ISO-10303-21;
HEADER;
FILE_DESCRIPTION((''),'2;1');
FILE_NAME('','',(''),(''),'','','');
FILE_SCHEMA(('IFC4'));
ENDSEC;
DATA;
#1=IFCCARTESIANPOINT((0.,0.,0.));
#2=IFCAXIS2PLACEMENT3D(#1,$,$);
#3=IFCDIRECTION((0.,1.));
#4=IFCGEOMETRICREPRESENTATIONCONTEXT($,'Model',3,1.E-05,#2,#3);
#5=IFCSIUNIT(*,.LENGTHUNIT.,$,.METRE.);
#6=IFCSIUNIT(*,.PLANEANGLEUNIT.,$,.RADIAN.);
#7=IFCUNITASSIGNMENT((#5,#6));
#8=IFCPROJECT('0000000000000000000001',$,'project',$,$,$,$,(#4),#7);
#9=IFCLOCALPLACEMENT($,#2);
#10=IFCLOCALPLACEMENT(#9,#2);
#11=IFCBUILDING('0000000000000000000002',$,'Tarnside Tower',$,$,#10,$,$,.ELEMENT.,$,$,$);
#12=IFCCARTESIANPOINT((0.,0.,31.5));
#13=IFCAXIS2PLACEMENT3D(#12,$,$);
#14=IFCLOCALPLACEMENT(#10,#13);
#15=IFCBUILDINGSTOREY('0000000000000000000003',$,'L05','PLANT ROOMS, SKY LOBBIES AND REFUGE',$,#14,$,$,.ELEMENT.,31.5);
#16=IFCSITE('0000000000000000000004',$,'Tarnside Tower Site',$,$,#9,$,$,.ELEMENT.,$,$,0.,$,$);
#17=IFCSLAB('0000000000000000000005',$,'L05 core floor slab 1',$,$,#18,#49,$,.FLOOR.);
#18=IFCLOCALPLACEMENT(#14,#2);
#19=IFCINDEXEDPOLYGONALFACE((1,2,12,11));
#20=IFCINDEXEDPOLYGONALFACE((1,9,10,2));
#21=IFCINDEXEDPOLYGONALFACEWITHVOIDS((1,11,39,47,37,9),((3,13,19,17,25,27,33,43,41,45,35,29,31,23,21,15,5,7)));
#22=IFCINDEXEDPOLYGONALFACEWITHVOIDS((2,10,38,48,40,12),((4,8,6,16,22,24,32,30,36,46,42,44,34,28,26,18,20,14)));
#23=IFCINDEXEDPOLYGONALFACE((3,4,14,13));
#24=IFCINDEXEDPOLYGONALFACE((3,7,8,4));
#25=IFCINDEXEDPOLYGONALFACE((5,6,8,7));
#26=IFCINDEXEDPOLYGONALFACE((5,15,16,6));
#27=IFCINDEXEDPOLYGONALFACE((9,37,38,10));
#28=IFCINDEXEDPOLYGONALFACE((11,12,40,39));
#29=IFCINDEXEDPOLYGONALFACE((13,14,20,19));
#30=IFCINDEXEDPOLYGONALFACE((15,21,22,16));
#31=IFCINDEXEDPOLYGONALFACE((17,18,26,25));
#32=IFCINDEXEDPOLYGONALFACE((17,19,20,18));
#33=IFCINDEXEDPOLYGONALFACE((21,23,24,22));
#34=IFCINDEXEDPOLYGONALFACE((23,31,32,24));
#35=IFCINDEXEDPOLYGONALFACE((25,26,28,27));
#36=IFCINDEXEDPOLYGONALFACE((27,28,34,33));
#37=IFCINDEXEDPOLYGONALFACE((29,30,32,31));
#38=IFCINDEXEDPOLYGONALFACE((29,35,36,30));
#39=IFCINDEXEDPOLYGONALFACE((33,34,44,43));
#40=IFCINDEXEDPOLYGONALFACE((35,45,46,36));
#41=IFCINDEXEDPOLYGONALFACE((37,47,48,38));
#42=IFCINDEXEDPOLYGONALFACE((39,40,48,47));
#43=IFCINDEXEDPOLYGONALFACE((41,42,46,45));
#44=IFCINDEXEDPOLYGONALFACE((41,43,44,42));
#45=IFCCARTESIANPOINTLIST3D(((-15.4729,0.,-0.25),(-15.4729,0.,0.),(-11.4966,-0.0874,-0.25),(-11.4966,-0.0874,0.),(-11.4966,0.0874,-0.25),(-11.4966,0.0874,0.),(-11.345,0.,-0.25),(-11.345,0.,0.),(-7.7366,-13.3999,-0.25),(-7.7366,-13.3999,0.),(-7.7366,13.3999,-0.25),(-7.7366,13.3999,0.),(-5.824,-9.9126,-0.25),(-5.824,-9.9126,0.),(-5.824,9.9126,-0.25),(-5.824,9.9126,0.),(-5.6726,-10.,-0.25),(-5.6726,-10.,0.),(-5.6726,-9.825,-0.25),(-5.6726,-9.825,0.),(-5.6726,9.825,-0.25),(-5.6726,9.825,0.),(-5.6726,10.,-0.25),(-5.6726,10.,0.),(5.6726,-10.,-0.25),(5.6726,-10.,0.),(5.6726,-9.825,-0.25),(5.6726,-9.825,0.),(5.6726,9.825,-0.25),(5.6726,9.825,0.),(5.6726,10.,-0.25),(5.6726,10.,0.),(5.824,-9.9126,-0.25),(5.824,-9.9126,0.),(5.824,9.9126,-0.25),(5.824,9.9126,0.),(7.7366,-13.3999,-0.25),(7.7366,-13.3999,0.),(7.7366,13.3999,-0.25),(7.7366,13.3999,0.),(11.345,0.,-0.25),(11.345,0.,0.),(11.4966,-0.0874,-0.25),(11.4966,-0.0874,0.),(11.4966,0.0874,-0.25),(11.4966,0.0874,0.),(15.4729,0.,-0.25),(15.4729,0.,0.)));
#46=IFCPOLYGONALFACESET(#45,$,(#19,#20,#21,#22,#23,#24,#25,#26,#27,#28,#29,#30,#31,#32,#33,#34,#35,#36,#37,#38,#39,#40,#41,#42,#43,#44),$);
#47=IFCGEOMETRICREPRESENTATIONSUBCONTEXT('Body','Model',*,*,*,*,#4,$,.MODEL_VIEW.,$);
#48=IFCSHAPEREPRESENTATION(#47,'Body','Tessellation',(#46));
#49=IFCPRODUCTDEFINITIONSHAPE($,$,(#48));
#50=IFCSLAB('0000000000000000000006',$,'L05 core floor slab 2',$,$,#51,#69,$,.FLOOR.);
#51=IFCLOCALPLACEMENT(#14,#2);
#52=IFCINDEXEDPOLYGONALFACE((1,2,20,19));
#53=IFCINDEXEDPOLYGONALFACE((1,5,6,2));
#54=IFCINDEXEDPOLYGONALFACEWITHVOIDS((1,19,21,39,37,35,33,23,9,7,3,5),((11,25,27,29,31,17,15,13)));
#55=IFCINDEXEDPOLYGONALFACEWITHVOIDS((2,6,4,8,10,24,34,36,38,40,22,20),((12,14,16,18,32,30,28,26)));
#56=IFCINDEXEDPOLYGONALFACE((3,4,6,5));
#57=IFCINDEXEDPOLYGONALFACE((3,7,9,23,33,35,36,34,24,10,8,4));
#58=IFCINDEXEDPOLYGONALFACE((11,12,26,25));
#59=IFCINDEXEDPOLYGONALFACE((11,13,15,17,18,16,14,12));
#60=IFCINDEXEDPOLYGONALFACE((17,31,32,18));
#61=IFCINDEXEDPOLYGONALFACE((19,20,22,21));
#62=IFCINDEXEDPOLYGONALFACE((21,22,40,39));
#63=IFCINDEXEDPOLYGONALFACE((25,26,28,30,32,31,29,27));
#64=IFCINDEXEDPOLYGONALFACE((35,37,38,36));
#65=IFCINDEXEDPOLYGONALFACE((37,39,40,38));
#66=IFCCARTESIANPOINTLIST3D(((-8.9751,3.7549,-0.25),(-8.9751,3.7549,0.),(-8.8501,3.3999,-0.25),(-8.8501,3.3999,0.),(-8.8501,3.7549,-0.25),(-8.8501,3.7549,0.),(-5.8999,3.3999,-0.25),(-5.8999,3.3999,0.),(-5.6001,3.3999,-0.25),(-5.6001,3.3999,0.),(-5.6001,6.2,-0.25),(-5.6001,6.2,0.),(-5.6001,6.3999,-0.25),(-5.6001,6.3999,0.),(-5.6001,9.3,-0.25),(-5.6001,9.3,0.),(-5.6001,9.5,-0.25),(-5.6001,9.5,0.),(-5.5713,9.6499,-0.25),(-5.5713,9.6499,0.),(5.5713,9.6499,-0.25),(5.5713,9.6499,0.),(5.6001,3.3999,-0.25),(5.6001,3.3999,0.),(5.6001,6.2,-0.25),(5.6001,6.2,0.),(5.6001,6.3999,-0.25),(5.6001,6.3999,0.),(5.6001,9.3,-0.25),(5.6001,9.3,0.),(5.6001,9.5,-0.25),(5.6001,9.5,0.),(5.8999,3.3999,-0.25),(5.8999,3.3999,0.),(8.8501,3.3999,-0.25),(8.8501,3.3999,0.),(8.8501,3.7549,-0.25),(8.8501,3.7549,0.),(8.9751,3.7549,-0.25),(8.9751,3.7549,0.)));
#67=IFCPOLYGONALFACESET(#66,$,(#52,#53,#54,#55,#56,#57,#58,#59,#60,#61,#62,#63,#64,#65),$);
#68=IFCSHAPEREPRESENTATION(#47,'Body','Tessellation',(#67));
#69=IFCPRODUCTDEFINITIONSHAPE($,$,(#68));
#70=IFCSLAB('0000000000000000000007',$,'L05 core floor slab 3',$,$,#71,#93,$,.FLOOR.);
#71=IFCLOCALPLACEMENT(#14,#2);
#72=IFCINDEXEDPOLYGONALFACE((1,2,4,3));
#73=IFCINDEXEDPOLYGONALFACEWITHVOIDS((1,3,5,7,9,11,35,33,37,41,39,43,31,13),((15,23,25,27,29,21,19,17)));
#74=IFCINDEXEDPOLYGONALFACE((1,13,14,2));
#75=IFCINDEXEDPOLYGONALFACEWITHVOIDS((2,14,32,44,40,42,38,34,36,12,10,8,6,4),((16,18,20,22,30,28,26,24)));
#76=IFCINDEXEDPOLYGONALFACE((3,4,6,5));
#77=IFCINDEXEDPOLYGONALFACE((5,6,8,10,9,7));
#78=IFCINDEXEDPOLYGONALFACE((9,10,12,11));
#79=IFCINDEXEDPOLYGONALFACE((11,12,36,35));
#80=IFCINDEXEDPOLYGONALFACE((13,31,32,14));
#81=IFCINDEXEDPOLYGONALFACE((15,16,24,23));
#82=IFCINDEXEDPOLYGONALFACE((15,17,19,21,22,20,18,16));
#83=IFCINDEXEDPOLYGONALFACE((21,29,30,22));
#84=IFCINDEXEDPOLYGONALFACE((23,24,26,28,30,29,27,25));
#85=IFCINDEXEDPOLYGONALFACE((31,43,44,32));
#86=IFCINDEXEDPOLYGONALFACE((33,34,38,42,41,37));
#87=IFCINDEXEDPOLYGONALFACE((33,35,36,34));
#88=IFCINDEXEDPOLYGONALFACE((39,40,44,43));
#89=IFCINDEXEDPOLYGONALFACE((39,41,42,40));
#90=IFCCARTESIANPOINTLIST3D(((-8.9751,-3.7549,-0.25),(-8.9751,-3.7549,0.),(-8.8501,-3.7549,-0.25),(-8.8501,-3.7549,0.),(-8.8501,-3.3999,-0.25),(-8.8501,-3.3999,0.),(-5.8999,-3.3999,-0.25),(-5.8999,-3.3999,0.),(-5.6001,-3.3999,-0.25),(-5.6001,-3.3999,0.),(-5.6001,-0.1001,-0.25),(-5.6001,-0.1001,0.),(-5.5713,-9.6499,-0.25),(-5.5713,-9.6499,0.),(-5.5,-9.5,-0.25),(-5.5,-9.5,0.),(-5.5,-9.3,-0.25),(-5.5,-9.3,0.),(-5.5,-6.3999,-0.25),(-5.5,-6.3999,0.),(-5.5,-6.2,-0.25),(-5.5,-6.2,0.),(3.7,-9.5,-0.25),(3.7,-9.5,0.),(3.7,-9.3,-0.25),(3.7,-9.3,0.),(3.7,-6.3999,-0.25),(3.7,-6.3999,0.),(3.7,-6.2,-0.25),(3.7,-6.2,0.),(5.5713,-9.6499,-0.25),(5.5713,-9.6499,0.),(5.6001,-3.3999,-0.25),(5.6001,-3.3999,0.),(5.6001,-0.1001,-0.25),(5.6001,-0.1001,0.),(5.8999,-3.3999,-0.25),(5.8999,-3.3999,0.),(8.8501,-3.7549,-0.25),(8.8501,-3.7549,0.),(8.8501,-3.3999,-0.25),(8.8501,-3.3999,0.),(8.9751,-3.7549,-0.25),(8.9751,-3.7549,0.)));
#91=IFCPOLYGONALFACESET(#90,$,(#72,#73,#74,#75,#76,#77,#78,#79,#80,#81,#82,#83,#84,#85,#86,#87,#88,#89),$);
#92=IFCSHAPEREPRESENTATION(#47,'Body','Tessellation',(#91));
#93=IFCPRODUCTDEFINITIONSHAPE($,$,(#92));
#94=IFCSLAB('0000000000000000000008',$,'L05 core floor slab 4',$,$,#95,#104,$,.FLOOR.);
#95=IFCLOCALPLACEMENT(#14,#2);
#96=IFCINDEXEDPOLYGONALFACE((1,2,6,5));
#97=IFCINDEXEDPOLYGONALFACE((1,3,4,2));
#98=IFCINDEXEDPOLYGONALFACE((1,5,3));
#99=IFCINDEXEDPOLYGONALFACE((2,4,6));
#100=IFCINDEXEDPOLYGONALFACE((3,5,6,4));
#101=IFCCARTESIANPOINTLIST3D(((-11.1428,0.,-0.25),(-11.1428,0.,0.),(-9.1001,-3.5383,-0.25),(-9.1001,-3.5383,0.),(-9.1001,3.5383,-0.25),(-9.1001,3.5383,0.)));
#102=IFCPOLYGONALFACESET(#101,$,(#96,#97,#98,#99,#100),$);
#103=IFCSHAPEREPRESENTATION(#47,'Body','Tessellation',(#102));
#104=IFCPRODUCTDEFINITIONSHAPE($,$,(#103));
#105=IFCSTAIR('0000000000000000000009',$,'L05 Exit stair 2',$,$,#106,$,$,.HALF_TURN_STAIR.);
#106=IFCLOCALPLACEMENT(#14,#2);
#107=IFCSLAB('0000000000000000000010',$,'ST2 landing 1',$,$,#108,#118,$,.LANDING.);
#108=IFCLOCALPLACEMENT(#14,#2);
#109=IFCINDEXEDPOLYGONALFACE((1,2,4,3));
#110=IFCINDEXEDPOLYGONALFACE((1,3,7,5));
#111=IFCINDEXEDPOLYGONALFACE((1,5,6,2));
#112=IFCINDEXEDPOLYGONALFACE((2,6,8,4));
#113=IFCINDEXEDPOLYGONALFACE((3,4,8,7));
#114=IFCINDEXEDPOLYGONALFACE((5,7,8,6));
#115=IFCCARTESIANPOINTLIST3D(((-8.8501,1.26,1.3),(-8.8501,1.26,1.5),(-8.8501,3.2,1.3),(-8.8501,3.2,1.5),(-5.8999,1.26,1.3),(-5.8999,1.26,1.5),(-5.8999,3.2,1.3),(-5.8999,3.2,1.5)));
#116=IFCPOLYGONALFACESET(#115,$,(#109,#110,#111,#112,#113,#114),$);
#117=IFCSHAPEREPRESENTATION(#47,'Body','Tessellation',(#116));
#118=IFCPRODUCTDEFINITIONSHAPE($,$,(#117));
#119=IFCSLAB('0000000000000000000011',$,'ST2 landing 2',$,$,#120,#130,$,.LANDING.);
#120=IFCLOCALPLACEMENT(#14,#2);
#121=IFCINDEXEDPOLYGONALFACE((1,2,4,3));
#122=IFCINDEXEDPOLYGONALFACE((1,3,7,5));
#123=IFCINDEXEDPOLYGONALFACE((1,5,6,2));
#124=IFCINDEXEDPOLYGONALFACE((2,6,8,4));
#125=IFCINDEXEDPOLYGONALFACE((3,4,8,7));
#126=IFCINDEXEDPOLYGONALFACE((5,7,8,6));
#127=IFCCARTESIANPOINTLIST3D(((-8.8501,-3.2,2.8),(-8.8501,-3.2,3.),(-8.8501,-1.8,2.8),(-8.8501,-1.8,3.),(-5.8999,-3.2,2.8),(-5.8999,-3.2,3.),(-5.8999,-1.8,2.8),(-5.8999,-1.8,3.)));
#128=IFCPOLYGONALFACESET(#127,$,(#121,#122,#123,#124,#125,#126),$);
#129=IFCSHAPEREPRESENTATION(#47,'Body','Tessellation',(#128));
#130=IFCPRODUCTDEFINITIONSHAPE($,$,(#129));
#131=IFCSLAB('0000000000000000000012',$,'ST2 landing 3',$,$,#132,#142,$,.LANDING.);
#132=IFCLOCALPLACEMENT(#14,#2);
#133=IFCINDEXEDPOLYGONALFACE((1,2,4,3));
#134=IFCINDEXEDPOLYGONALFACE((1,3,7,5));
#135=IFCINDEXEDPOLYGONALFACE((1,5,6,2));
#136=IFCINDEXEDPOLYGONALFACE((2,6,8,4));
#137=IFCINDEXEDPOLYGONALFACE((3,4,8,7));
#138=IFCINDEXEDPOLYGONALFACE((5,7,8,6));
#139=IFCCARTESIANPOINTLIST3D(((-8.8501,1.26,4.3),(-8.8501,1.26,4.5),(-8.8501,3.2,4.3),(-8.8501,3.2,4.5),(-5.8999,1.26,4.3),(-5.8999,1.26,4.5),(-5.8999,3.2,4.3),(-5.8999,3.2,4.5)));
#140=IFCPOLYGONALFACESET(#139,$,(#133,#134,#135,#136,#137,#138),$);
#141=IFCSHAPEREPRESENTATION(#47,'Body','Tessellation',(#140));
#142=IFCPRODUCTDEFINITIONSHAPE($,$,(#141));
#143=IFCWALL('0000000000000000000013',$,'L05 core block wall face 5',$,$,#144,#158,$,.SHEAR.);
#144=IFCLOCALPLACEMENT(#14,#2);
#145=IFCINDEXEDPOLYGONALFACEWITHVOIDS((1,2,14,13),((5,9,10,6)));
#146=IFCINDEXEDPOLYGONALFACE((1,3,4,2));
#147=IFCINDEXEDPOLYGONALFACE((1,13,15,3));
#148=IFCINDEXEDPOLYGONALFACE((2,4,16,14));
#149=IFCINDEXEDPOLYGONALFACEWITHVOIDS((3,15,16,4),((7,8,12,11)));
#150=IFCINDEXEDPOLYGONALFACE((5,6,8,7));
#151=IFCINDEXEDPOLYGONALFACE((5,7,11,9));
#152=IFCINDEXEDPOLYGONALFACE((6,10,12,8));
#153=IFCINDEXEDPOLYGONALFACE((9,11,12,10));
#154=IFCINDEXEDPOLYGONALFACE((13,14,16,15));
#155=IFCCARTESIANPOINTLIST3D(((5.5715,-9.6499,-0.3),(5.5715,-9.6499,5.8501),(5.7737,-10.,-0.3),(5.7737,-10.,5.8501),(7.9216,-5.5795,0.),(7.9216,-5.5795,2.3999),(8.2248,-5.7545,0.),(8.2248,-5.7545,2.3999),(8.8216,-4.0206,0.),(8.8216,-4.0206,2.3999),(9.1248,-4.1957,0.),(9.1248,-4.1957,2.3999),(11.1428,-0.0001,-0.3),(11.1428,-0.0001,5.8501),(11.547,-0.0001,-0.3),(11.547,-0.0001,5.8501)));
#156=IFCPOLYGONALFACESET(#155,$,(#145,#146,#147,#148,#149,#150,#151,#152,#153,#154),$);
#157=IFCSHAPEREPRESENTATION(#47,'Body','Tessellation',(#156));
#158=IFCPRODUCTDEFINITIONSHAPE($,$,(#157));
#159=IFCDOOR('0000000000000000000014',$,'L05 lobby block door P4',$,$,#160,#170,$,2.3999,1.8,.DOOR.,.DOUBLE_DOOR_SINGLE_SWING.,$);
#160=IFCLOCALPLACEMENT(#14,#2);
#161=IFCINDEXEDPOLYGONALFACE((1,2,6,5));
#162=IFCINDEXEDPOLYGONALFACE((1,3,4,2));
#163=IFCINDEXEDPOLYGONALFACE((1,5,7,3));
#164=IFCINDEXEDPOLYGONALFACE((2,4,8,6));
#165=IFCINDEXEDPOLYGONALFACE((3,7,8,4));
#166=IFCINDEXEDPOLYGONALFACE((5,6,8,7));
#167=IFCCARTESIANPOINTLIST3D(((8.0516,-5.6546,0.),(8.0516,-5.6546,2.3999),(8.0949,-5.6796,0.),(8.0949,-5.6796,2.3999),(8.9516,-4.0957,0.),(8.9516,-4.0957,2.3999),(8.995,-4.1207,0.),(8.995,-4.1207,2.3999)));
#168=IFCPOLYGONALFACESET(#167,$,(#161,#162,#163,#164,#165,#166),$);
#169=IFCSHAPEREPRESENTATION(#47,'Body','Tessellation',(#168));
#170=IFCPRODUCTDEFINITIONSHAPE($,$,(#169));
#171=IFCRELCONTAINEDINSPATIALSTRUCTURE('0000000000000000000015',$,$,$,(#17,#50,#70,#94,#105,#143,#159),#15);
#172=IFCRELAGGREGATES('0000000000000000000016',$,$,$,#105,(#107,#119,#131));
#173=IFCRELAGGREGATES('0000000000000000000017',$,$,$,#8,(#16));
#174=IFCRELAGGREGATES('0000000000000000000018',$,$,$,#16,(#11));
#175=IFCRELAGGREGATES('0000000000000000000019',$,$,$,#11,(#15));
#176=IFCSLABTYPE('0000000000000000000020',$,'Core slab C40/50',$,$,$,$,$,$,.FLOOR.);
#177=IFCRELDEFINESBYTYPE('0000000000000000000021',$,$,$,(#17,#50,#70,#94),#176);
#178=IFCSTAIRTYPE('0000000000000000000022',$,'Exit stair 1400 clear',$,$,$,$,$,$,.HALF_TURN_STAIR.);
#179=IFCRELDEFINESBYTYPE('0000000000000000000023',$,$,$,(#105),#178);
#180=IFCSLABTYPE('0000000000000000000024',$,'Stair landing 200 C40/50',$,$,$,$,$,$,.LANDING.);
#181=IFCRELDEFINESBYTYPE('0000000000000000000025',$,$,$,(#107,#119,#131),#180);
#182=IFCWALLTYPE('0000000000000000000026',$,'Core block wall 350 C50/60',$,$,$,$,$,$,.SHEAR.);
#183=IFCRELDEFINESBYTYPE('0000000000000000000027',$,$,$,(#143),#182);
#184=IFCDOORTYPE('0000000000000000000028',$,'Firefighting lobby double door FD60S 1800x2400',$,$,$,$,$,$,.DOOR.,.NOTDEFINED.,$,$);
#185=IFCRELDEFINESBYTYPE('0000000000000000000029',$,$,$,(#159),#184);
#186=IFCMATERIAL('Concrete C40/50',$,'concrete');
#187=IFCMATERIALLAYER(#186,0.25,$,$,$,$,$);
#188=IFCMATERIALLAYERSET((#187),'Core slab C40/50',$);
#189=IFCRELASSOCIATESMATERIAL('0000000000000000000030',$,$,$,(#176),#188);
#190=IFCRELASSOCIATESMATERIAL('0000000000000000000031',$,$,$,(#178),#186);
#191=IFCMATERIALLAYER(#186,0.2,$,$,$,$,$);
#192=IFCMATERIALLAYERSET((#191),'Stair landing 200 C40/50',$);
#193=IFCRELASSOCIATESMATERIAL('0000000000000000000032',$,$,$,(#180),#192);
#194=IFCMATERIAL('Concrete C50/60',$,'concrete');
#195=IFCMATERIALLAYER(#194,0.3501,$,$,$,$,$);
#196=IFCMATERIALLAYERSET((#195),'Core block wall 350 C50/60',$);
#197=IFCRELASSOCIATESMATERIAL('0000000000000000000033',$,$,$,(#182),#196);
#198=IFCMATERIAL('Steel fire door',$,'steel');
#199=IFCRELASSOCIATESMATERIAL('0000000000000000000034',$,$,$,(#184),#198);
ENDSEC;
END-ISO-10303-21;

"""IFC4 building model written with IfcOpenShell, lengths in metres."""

from ifc_helpers import new_model, si_unit, direction, frame, frame_2d, origin, place, context, subcontext, project, spatial, polyline, rectangle, outline, extrude, material, layer, layer_set, type_object, element, fill, aggregate, save


model = new_model("IFC4")

# Units and contexts
model_context = context("Model", 3, precision=1e-05, world=origin(), true_north=direction((0.0, 1.0)))
body_context = subcontext(model_context, "Body", "Model", "MODEL_VIEW")
ifc_project = project(units=[si_unit("LENGTHUNIT", "METRE"), si_unit("PLANEANGLEUNIT", "RADIAN")], contexts=[model_context])

# Site, building, storey
site_placement = place(None, origin())
site = spatial("IfcSite", under=ifc_project, at=site_placement, Name="Tarnside Tower Site", CompositionType="ELEMENT", RefElevation=0.0)
building_placement = place(site_placement, origin())
building = spatial("IfcBuilding", under=site, at=building_placement, Name="Tarnside Tower", CompositionType="ELEMENT")
storey_placement = place(building_placement, frame((0.0, 0.0, 31.5)))
storey = spatial("IfcBuildingStorey", under=building, at=storey_placement, Name="L05", Description="PLANT ROOMS, SKY LOBBIES AND REFUGE", CompositionType="ELEMENT", Elevation=31.5)

# Slabs
ifc_material_1 = material(Name="Concrete C40/50", Category="concrete")
ifc_layer_1 = layer(ifc_material_1, 0.25)
ifc_layer_set_1 = layer_set([ifc_layer_1], Name="Core slab C40/50")
slab_type_1 = type_object("IfcSlabType", Name="Core slab C40/50", PredefinedType="FLOOR", material=ifc_layer_set_1)
slab_1_placement = place(storey_placement, frame((0.0, 0.0, -0.25)))
element("IfcSlab", 1, at=slab_1_placement, inside=storey, type_object=slab_type_1, Name="L05 core floor slab 1", PredefinedType="FLOOR", context=body_context, shape_type="SweptSolid", body=[
    extrude(outline(polyline([(-15.4729, 0.0), (-7.7366, 13.3999), (7.7366, 13.3999), (15.4729, 0.0), (7.7366, -13.3999), (-7.7366, -13.3999), (-15.4729, 0.0)]), holes=[polyline([(5.824, -9.9126), (11.4966, -0.0874), (11.345, 0.0), (11.4966, 0.0874), (5.824, 9.9126), (5.6726, 9.825), (5.6726, 10.0), (-5.6726, 10.0), (-5.6726, 9.825), (-5.824, 9.9126), (-11.4966, 0.0874), (-11.345, 0.0), (-11.4966, -0.0874), (-5.824, -9.9126), (-5.6726, -9.825), (-5.6726, -10.0), (5.6726, -10.0), (5.6726, -9.825), (5.824, -9.9126)])]), origin(), (0.0, 0.0, 1.0), 0.25),
])
slab_2_placement = place(storey_placement, frame((0.0, 0.0, -0.25)))
element("IfcSlab", 2, at=slab_2_placement, inside=storey, type_object=slab_type_1, Name="L05 core floor slab 2", PredefinedType="FLOOR", context=body_context, shape_type="SweptSolid", body=[
    extrude(outline(polyline([(-8.9751, 3.7549), (-5.5713, 9.6499), (5.5713, 9.6499), (8.9751, 3.7549), (8.8501, 3.7549), (8.8501, 3.3999), (5.8999, 3.3999), (5.6001, 3.3999), (5.6001, 3.3999), (-5.6001, 3.3999), (-5.8999, 3.3999), (-8.8501, 3.3999), (-8.8501, 3.7549), (-8.9751, 3.7549)]), holes=[polyline([(-5.6001, 6.2), (5.6001, 6.2), (5.6001, 6.3999), (5.6001, 9.3), (5.6001, 9.5), (-5.6001, 9.5), (-5.6001, 9.3), (-5.6001, 6.3999), (-5.6001, 6.2)])]), origin(), (0.0, 0.0, 1.0), 0.25),
])
slab_3_placement = place(storey_placement, frame((0.0, 0.0, -0.25)))
element("IfcSlab", 3, at=slab_3_placement, inside=storey, type_object=slab_type_1, Name="L05 core floor slab 3", PredefinedType="FLOOR", context=body_context, shape_type="SweptSolid", body=[
    extrude(outline(polyline([(5.6001, -3.3999), (5.8999, -3.3999), (8.8501, -3.3999), (8.8501, -3.7549), (8.9751, -3.7549), (5.5713, -9.6499), (-5.5713, -9.6499), (-8.9751, -3.7549), (-8.8501, -3.7549), (-8.8501, -3.3999), (-5.8999, -3.3999), (-5.6001, -3.3999), (-5.6001, -0.1001), (5.6001, -0.1001), (5.6001, -3.3999)]), holes=[polyline([(-5.5, -9.3), (-5.5, -9.5), (3.7, -9.5), (3.7, -9.3), (3.7, -6.3999), (3.7, -6.2), (-5.5, -6.2), (-5.5, -6.3999), (-5.5, -9.3)])]), origin(), (0.0, 0.0, 1.0), 0.25),
])
slab_4_placement = place(storey_placement, frame((0.0, 0.0, -0.25)))
element("IfcSlab", 4, at=slab_4_placement, inside=storey, type_object=slab_type_1, Name="L05 core floor slab 4", PredefinedType="FLOOR", context=body_context, shape_type="SweptSolid", body=[
    extrude(outline(polyline([(-11.1428, 0.0), (-9.1001, 3.5383), (-9.1001, -3.5383), (-11.1428, 0.0)])), origin(), (0.0, 0.0, 1.0), 0.25),
])

# Stair, slabs
stair_type = type_object("IfcStairType", Name="Exit stair 1400 clear", PredefinedType="HALF_TURN_STAIR", material=ifc_material_1)
stair_1_placement = place(storey_placement, origin())
stair_1 = element("IfcStair", 5, at=stair_1_placement, inside=storey, type_object=stair_type, Name="L05 Exit stair 2", PredefinedType="HALF_TURN_STAIR")
ifc_layer_2 = layer(ifc_material_1, 0.2)
ifc_layer_set_2 = layer_set([ifc_layer_2], Name="Stair landing 200 C40/50")
slab_type_2 = type_object("IfcSlabType", Name="Stair landing 200 C40/50", PredefinedType="LANDING", material=ifc_layer_set_2)
slab_5_placement = place(storey_placement, frame((0.0, 0.0, 1.3)))
slab_5 = element("IfcSlab", 6, at=slab_5_placement, type_object=slab_type_2, Name="ST2 landing 1", PredefinedType="LANDING", context=body_context, shape_type="SweptSolid", body=[
    extrude(outline(polyline([(-5.8999, 1.26), (-5.8999, 3.2), (-8.8501, 3.2), (-8.8501, 1.26), (-5.8999, 1.26)])), origin(), (0.0, 0.0, 1.0), 0.2),
])
slab_6_placement = place(storey_placement, frame((0.0, 0.0, 2.8)))
slab_6 = element("IfcSlab", 7, at=slab_6_placement, type_object=slab_type_2, Name="ST2 landing 2", PredefinedType="LANDING", context=body_context, shape_type="SweptSolid", body=[
    extrude(outline(polyline([(-5.8999, -3.2), (-5.8999, -1.8), (-8.8501, -1.8), (-8.8501, -3.2), (-5.8999, -3.2)])), origin(), (0.0, 0.0, 1.0), 0.2),
])
slab_7_placement = place(storey_placement, frame((0.0, 0.0, 4.3)))
slab_7 = element("IfcSlab", 8, at=slab_7_placement, type_object=slab_type_2, Name="ST2 landing 3", PredefinedType="LANDING", context=body_context, shape_type="SweptSolid", body=[
    extrude(outline(polyline([(-5.8999, 1.26), (-5.8999, 3.2), (-8.8501, 3.2), (-8.8501, 1.26), (-5.8999, 1.26)])), origin(), (0.0, 0.0, 1.0), 0.2),
])
aggregate(stair_1, [slab_5, slab_6, slab_7])

# Wall, opening, door
ifc_material_2 = material(Name="Concrete C50/60", Category="concrete")
ifc_layer_3 = layer(ifc_material_2, 0.3501)
ifc_layer_set_3 = layer_set([ifc_layer_3], Name="Core block wall 350 C50/60")
wall_type_1 = type_object("IfcWallType", Name="Core block wall 350 C50/60", PredefinedType="SHEAR", material=ifc_layer_set_3)
wall_1_placement = place(storey_placement, frame((5.6726, -9.825, -0.3), z_axis=(0.0, 0.0, 1.0), x_axis=(0.499995, 0.866028, 0.0)))
wall_1 = element("IfcWall", 9, at=wall_1_placement, inside=storey, type_object=wall_type_1, Name="L05 core block wall face 5", PredefinedType="SHEAR", context=body_context, shape_type="SweptSolid", body=[
    extrude(outline(polyline([(-0.1011, -0.175), (11.4458, -0.175), (11.2437, 0.175), (0.1011, 0.175), (-0.1011, -0.175)])), origin(), (0.0, 0.0, 1.0), 6.1501),
])
opening_1_placement = place(wall_1_placement, frame((4.8013, 0.0, 0.3)))
opening_1 = element("IfcOpeningElement", 10, at=opening_1_placement, cuts=wall_1, PredefinedType="OPENING", context=body_context, shape_type="SweptSolid", body=[
    extrude(rectangle(XDim=1.8, YDim=2.3999, at=frame_2d((0.8999, 1.2))), frame((0.0, 0.1851, 0.0), z_axis=(0.0, -1.0, 0.0), x_axis=(1.0, 0.0, 0.0)), (0.0, 0.0, 1.0), 0.3701),
])
ifc_material_3 = material(Name="Steel fire door", Category="steel")
door_type_1 = type_object("IfcDoorType", Name="Firefighting lobby double door FD60S 1800x2400", OperationType="NOTDEFINED", PredefinedType="DOOR", material=ifc_material_3)
door_1_placement = place(opening_1_placement, origin())
door_1 = element("IfcDoor", 11, at=door_1_placement, inside=storey, type_object=door_type_1, Name="L05 lobby block door P4", OperationType="DOUBLE_DOOR_SINGLE_SWING", OverallHeight=2.3999, OverallWidth=1.8, PredefinedType="DOOR", context=body_context, shape_type="SweptSolid", body=[
    extrude(rectangle(XDim=1.8, YDim=2.3999, at=frame_2d((0.8999, 1.2))), frame((0.0, 0.0249, 0.0), z_axis=(0.0, -1.0, 0.0), x_axis=(1.0, 0.0, 0.0)), (0.0, 0.0, 1.0), 0.05),
])
fill(opening_1, door_1)

save(model, "model.ifc")
